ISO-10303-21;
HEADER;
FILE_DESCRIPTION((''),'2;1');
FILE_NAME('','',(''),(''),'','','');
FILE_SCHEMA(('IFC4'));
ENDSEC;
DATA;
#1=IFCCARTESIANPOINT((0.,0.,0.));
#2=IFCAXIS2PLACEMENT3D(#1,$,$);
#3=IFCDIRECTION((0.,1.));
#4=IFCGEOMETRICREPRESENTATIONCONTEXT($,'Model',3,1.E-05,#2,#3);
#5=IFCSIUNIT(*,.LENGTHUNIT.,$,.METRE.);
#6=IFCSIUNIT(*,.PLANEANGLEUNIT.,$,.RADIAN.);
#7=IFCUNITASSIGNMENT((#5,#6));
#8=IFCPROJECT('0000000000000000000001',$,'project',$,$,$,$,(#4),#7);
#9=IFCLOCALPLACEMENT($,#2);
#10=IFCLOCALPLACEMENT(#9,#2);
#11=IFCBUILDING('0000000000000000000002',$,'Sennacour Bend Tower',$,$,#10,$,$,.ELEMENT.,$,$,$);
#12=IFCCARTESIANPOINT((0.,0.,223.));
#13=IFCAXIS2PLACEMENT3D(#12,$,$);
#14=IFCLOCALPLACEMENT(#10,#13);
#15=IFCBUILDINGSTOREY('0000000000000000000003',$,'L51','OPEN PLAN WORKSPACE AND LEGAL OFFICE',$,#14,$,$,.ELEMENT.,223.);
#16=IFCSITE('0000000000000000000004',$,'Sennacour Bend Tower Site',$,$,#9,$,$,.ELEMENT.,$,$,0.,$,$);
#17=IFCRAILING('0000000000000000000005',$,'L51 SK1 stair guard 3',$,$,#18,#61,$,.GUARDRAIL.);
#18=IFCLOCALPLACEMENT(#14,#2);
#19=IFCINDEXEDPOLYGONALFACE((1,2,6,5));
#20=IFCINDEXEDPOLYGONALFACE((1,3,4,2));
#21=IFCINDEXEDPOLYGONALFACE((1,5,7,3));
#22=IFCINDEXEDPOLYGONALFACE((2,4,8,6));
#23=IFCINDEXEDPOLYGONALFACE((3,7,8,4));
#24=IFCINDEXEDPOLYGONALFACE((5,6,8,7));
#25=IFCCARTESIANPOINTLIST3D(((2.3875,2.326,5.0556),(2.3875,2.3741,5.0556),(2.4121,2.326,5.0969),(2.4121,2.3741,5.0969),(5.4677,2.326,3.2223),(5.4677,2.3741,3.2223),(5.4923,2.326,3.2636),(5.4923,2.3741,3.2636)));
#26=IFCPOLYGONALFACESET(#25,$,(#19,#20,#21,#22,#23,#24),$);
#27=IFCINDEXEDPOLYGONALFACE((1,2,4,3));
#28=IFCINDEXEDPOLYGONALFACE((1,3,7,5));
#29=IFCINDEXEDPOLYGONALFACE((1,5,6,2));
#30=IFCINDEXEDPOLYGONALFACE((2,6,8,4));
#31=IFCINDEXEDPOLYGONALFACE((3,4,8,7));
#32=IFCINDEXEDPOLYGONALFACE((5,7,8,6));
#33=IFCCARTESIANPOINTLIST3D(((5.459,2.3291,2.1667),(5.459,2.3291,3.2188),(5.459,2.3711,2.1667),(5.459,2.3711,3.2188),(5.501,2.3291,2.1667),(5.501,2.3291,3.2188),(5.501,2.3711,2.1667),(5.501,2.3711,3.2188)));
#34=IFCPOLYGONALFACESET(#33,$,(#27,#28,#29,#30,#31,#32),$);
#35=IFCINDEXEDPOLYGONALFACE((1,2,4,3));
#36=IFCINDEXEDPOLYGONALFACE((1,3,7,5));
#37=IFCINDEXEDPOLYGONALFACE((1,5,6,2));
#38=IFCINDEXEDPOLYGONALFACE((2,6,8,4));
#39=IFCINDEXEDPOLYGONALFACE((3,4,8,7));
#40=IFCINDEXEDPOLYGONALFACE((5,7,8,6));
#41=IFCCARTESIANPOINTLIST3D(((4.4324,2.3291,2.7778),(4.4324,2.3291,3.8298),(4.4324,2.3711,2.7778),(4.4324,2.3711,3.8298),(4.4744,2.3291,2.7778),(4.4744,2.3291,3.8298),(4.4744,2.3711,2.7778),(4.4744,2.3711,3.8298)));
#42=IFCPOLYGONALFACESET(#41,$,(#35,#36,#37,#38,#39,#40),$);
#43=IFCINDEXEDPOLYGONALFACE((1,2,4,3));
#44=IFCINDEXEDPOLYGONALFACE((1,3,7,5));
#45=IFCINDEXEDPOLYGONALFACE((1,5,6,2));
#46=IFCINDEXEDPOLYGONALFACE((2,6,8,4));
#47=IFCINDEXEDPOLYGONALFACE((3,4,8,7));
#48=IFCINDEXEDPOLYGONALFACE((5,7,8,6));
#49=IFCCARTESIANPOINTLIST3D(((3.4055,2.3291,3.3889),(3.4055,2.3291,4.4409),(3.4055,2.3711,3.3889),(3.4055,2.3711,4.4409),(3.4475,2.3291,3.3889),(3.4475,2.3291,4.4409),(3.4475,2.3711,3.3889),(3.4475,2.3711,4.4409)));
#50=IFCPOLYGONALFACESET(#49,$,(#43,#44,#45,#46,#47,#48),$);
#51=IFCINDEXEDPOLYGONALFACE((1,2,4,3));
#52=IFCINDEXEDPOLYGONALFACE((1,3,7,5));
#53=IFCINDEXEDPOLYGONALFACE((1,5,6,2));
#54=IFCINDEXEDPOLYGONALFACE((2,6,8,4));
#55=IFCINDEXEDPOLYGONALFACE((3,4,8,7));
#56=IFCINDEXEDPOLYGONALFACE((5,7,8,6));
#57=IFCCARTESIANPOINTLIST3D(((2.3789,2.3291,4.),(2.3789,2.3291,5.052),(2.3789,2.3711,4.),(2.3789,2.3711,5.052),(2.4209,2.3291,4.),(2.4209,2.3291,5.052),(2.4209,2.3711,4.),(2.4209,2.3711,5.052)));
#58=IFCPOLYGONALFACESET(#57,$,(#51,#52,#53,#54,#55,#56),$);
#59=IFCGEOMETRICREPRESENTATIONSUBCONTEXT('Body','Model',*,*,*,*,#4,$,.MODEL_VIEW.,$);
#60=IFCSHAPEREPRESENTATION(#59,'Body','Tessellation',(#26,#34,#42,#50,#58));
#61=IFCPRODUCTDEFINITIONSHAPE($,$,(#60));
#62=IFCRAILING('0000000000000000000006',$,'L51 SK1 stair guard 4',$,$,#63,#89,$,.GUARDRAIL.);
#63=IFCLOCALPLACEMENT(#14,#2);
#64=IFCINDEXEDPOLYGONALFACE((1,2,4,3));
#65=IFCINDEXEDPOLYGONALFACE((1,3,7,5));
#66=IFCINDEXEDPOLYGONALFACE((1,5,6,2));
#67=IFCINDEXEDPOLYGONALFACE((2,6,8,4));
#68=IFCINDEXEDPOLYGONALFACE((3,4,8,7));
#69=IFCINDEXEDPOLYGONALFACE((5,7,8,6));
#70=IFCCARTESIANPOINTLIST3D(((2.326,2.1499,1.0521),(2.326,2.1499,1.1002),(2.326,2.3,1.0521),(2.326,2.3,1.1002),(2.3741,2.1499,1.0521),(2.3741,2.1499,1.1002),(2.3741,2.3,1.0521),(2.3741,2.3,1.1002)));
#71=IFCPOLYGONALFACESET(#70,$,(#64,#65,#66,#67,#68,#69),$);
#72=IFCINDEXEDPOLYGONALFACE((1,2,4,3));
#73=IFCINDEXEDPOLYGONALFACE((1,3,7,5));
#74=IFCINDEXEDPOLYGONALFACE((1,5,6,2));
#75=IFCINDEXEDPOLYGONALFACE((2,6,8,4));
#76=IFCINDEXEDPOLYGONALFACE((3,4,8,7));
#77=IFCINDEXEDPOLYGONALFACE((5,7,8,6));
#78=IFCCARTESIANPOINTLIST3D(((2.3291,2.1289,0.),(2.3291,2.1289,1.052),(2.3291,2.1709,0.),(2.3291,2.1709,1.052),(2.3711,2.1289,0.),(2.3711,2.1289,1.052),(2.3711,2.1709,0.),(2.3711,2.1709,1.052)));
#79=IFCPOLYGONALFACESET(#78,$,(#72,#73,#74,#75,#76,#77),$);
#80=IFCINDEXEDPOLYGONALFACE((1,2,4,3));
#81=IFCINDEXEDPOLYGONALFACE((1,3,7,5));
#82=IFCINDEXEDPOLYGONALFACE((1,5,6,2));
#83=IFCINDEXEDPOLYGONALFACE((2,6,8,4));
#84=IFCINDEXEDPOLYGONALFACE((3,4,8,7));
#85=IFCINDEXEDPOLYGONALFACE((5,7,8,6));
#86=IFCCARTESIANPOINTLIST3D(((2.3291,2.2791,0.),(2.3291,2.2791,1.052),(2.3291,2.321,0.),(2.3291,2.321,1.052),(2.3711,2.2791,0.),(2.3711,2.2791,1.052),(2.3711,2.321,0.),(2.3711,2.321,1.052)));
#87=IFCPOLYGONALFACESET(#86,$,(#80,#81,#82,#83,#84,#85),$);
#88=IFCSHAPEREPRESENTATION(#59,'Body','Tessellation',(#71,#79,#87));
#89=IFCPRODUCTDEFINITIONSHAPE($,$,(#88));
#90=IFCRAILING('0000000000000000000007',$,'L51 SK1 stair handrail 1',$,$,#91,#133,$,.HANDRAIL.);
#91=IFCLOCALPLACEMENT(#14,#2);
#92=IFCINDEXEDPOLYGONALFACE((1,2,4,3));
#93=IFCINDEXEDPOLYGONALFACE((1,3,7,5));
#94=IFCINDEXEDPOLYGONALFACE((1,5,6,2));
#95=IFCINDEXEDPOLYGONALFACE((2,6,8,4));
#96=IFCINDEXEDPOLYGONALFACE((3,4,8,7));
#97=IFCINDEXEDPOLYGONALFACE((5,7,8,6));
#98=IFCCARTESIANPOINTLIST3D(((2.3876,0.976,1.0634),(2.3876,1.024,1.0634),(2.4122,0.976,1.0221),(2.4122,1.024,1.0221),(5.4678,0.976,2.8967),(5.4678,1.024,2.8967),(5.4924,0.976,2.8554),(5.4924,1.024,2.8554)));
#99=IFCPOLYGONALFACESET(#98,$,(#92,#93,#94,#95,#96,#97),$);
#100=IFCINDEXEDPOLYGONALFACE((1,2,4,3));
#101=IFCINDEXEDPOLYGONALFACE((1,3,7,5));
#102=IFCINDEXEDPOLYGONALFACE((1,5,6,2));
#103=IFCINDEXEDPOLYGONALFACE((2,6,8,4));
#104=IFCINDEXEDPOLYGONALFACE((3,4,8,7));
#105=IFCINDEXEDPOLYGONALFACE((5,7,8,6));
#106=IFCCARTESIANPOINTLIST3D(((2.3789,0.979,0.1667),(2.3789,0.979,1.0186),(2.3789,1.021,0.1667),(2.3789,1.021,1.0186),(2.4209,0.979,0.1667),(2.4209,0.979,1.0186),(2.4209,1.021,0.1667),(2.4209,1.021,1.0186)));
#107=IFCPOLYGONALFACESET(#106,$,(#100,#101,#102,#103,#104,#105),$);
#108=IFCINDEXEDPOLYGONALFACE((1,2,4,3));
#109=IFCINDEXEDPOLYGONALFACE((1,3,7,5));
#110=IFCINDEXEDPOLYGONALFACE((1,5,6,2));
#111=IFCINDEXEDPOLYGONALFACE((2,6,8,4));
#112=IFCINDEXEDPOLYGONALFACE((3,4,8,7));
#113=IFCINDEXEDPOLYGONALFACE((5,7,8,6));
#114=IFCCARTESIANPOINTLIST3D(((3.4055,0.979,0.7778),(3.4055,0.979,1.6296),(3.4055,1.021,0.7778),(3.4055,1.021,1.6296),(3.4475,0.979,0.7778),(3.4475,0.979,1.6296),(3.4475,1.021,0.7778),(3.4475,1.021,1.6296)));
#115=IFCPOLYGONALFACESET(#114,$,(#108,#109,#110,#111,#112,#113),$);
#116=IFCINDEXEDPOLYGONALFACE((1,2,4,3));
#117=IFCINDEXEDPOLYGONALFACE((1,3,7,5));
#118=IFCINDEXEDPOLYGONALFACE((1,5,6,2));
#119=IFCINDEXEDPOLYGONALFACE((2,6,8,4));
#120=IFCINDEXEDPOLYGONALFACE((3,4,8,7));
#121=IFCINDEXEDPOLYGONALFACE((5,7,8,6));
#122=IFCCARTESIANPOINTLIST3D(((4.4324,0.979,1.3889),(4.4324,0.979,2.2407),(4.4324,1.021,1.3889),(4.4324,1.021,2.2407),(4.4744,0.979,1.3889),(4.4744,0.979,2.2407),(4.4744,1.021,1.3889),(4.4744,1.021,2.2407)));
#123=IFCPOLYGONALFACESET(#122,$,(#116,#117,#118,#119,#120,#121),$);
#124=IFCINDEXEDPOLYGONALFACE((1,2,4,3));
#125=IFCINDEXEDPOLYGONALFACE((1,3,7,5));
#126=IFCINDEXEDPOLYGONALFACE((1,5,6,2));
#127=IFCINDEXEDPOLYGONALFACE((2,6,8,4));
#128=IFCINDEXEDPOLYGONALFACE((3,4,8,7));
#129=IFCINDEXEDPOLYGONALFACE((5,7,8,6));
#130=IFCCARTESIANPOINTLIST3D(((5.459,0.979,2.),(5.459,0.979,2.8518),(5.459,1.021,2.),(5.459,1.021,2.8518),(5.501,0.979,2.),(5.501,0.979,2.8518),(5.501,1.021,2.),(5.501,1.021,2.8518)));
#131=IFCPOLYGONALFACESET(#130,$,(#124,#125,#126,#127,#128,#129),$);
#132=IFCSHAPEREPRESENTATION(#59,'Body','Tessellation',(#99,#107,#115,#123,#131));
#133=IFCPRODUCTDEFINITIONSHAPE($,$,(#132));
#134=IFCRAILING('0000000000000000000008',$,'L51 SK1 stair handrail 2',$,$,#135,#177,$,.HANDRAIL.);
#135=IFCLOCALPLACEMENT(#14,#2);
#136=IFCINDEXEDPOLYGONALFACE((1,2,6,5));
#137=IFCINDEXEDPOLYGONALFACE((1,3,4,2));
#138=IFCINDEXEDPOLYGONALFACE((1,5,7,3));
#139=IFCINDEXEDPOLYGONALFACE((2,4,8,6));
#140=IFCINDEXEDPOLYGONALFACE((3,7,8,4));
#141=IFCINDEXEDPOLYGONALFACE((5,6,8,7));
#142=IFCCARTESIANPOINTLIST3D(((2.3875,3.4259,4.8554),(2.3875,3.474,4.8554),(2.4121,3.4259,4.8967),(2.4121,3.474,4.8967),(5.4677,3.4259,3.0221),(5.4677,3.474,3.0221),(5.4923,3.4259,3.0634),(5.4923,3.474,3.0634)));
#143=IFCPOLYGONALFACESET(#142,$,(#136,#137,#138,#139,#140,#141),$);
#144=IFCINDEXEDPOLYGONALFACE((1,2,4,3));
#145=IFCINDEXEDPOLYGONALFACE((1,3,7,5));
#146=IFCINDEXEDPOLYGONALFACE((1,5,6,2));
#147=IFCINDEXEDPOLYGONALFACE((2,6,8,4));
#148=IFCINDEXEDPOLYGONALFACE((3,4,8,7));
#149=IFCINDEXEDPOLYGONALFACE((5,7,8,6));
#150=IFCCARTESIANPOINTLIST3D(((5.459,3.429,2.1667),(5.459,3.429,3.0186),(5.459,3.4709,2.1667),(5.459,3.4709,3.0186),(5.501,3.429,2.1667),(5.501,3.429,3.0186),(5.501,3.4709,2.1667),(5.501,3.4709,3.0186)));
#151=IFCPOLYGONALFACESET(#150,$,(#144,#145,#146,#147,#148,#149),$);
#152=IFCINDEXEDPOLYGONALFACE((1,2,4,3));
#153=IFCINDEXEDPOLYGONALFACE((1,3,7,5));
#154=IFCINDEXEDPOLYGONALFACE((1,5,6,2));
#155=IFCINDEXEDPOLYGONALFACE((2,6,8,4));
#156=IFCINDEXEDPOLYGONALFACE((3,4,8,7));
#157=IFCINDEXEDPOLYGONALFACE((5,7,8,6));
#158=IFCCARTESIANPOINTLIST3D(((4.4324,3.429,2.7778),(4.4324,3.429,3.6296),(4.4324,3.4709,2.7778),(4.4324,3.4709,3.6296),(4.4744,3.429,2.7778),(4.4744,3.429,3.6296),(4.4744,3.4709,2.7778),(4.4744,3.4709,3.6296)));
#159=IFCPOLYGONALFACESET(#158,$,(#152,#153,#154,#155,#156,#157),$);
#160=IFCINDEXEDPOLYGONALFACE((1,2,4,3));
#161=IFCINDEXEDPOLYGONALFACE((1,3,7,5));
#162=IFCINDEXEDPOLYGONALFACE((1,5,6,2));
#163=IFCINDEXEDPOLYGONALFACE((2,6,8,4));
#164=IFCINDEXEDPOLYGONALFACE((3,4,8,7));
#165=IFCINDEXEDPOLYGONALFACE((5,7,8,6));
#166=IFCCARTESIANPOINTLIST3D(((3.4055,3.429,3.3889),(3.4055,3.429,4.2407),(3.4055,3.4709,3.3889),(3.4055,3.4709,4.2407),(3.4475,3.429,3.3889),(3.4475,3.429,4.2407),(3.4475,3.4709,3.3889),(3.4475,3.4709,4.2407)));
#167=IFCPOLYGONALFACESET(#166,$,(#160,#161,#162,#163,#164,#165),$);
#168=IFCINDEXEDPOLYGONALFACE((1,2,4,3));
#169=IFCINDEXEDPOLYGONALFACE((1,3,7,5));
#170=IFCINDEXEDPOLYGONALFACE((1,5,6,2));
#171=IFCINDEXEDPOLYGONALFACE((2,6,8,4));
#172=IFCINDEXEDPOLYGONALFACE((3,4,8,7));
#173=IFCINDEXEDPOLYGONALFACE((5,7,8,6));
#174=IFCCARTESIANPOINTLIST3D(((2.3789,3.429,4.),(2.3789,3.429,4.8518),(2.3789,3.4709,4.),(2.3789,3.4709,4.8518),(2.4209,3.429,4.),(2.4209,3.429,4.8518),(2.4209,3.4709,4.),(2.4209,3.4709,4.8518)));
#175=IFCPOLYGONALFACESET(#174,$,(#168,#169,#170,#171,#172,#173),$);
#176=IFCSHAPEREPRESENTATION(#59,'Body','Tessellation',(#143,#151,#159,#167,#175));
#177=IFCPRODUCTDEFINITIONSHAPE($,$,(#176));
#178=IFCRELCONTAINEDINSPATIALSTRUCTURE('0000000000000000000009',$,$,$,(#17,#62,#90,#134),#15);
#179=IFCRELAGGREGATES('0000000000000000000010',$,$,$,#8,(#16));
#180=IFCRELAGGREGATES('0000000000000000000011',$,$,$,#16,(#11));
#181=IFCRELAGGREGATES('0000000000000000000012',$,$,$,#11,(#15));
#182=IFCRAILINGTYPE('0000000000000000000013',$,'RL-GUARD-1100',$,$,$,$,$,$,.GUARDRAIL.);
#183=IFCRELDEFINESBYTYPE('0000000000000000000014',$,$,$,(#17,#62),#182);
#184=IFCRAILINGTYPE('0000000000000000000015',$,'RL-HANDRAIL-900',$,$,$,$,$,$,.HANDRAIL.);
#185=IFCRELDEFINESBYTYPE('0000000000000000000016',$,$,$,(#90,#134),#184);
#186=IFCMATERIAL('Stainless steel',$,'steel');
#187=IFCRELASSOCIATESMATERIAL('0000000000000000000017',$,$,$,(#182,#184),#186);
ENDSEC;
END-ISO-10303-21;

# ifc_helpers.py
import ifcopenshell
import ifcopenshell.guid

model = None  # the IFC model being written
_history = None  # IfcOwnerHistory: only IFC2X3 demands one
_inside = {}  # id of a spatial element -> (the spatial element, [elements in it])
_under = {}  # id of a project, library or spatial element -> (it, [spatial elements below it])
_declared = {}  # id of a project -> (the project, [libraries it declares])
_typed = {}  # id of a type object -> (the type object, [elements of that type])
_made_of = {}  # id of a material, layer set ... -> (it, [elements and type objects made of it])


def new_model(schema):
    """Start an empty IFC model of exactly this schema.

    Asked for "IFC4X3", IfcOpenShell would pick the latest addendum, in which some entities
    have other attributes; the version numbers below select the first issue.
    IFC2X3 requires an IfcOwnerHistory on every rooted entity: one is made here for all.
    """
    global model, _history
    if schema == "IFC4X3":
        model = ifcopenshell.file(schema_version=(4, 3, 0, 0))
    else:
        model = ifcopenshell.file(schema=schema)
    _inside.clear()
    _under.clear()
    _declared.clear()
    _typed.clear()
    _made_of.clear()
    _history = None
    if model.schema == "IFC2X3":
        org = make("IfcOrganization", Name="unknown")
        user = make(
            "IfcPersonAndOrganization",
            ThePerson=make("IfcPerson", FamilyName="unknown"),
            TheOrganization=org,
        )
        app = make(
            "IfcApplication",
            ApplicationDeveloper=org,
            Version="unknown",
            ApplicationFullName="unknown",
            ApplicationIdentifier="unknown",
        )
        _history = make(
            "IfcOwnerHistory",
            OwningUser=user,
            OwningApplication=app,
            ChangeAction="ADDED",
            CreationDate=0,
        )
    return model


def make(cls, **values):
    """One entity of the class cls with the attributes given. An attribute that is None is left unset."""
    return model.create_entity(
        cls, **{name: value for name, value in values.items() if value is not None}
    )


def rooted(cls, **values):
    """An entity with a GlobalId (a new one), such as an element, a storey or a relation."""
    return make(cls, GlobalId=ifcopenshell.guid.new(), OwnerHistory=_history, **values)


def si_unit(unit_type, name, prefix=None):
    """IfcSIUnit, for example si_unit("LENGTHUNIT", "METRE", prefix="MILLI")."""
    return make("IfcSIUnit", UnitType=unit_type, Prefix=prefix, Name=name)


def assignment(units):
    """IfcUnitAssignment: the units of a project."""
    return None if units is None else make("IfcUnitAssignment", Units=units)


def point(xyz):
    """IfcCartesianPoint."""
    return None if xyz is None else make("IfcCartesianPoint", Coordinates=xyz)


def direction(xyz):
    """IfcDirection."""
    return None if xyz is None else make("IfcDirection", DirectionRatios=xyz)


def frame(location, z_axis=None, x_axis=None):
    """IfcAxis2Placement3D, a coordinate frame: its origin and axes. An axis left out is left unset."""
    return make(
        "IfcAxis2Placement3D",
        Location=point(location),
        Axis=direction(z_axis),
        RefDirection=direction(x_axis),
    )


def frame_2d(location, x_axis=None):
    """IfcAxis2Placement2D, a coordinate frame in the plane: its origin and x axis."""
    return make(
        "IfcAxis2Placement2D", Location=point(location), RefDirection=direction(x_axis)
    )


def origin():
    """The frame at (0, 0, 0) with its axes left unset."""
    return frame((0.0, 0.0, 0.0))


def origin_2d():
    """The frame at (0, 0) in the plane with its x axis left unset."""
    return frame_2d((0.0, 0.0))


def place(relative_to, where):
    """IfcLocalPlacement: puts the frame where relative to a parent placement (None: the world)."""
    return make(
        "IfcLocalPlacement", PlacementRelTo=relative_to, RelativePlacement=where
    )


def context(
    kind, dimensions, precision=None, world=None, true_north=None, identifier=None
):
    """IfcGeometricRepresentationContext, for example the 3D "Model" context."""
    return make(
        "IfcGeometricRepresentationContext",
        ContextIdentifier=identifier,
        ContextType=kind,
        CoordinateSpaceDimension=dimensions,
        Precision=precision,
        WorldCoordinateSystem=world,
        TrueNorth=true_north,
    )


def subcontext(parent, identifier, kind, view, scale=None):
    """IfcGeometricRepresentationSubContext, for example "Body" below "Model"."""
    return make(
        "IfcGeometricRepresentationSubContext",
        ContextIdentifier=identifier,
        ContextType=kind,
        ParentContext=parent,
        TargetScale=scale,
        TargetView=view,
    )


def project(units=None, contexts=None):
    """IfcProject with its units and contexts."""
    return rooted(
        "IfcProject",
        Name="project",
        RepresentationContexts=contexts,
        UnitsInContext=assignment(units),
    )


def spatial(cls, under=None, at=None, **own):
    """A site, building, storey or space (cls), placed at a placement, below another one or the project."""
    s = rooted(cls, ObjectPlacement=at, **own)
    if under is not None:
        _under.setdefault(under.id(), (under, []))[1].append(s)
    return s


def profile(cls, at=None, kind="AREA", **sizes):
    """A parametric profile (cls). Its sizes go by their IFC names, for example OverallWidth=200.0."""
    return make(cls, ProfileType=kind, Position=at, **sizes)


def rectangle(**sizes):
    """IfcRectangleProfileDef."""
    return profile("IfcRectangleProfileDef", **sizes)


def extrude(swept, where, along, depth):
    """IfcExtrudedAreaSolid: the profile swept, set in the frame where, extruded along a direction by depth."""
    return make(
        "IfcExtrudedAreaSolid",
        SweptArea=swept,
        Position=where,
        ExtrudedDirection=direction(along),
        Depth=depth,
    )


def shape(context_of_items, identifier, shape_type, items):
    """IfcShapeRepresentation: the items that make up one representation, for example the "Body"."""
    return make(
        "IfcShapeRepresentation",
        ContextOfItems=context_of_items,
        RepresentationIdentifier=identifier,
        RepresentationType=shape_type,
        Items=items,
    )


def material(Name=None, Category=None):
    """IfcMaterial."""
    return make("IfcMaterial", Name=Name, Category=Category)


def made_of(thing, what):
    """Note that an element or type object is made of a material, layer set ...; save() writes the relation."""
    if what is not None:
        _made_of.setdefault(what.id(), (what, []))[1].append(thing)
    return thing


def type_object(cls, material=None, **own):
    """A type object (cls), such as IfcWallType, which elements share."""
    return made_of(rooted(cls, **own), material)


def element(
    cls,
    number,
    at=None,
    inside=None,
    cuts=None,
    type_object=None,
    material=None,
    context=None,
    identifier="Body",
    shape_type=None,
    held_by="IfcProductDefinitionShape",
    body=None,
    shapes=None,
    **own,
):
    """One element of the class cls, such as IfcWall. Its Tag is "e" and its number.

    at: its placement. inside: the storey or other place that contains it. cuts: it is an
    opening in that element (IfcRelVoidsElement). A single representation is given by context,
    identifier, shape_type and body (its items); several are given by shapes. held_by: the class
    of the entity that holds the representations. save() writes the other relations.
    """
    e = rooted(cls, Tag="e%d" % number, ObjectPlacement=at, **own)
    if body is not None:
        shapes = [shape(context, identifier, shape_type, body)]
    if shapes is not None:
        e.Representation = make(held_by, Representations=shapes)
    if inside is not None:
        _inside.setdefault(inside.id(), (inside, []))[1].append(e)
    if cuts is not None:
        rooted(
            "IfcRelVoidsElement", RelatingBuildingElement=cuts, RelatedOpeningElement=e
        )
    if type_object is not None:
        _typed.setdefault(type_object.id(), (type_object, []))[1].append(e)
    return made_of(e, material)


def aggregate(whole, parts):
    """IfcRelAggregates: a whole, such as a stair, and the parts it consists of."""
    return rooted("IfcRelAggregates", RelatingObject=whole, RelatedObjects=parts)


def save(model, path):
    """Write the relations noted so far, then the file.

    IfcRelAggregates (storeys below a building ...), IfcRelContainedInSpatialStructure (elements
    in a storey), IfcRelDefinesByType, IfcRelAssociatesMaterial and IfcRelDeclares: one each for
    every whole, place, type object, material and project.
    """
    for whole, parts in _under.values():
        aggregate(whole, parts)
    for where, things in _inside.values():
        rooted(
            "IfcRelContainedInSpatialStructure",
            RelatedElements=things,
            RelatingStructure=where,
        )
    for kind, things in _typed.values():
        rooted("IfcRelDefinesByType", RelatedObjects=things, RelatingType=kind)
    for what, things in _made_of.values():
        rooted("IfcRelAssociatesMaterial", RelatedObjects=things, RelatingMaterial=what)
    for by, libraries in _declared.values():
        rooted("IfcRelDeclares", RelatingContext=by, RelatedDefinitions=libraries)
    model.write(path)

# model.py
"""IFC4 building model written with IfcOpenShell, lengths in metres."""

from ifc_helpers import new_model, si_unit, direction, frame, origin, origin_2d, place, context, subcontext, project, spatial, rectangle, extrude, material, type_object, element, save


model = new_model("IFC4")

# Units and contexts
model_context = context("Model", 3, precision=1e-05, world=origin(), true_north=direction((0.0, 1.0)))
body_context = subcontext(model_context, "Body", "Model", "MODEL_VIEW")
ifc_project = project(units=[si_unit("LENGTHUNIT", "METRE"), si_unit("PLANEANGLEUNIT", "RADIAN")], contexts=[model_context])

# Site, building, storey
site_placement = place(None, origin())
site = spatial("IfcSite", under=ifc_project, at=site_placement, Name="Sennacour Bend Tower Site", CompositionType="ELEMENT", RefElevation=0.0)
building_placement = place(site_placement, origin())
building = spatial("IfcBuilding", under=site, at=building_placement, Name="Sennacour Bend Tower", CompositionType="ELEMENT")
storey_placement = place(building_placement, frame((0.0, 0.0, 223.0)))
storey = spatial("IfcBuildingStorey", under=building, at=storey_placement, Name="L51", Description="OPEN PLAN WORKSPACE AND LEGAL OFFICE", CompositionType="ELEMENT", Elevation=223.0)

# Railings
ifc_material_1 = material(Name="Stainless steel", Category="steel")
railing_type_1 = type_object("IfcRailingType", Name="RL-GUARD-1100", PredefinedType="GUARDRAIL", material=ifc_material_1)
railing_1_placement = place(storey_placement, frame((5.48, 2.3501, 2.1667)))
element("IfcRailing", 1, at=railing_1_placement, inside=storey, type_object=railing_type_1, Name="L51 SK1 stair guard 3", PredefinedType="GUARDRAIL", context=body_context, shape_type="SweptSolid", body=[
    extrude(rectangle(XDim=0.0481, YDim=0.0481, at=origin_2d()), frame((0.0, 0.0, 1.0762), z_axis=(-0.859309, 0.0, 0.511458), x_axis=(0.0, -1.0, 0.0)), (0.0, 0.0, 1.0), 3.5845),
    extrude(rectangle(XDim=0.042, YDim=0.042, at=origin_2d()), origin(), (0.0, 0.0, 1.0), 1.052),
    extrude(rectangle(XDim=0.042, YDim=0.042, at=origin_2d()), frame((-1.0266, 0.0, 0.6111)), (0.0, 0.0, 1.0), 1.052),
    extrude(rectangle(XDim=0.042, YDim=0.042, at=origin_2d()), frame((-2.0535, 0.0, 1.2222)), (0.0, 0.0, 1.0), 1.052),
    extrude(rectangle(XDim=0.042, YDim=0.042, at=origin_2d()), frame((-3.0801, 0.0, 1.8333)), (0.0, 0.0, 1.0), 1.052),
])
railing_2_placement = place(storey_placement, frame((2.3501, 2.1499, 0.0)))
element("IfcRailing", 2, at=railing_2_placement, inside=storey, type_object=railing_type_1, Name="L51 SK1 stair guard 4", PredefinedType="GUARDRAIL", context=body_context, shape_type="SweptSolid", body=[
    extrude(rectangle(XDim=0.0481, YDim=0.0481, at=origin_2d()), frame((0.0, 0.0, 1.0762), z_axis=(0.0, 1.0, 0.0), x_axis=(-1.0, 0.0, 0.0)), (0.0, 0.0, 1.0), 0.1501),
    extrude(rectangle(XDim=0.042, YDim=0.042, at=origin_2d()), origin(), (0.0, 0.0, 1.0), 1.052),
    extrude(rectangle(XDim=0.042, YDim=0.042, at=origin_2d()), frame((0.0, 0.1501, 0.0)), (0.0, 0.0, 1.0), 1.052),
])
railing_type_2 = type_object("IfcRailingType", Name="RL-HANDRAIL-900", PredefinedType="HANDRAIL", material=ifc_material_1)
railing_3_placement = place(storey_placement, frame((2.3999, 1.0, 0.1667)))
element("IfcRailing", 3, at=railing_3_placement, inside=storey, type_object=railing_type_2, Name="L51 SK1 stair handrail 1", PredefinedType="HANDRAIL", context=body_context, shape_type="SweptSolid", body=[
    extrude(rectangle(XDim=0.0481, YDim=0.0481, at=origin_2d()), frame((0.0, 0.0, 0.876), z_axis=(0.859309, 0.0, 0.511458), x_axis=(0.0, 1.0, 0.0)), (0.0, 0.0, 1.0), 3.5845),
    extrude(rectangle(XDim=0.042, YDim=0.042, at=origin_2d()), origin(), (0.0, 0.0, 1.0), 0.8518),
    extrude(rectangle(XDim=0.042, YDim=0.042, at=origin_2d()), frame((1.0266, 0.0, 0.6111)), (0.0, 0.0, 1.0), 0.8518),
    extrude(rectangle(XDim=0.042, YDim=0.042, at=origin_2d()), frame((2.0535, 0.0, 1.2222)), (0.0, 0.0, 1.0), 0.8518),
    extrude(rectangle(XDim=0.042, YDim=0.042, at=origin_2d()), frame((3.0801, 0.0, 1.8333)), (0.0, 0.0, 1.0), 0.8518),
])
railing_4_placement = place(storey_placement, frame((5.48, 3.45, 2.1667)))
element("IfcRailing", 4, at=railing_4_placement, inside=storey, type_object=railing_type_2, Name="L51 SK1 stair handrail 2", PredefinedType="HANDRAIL", context=body_context, shape_type="SweptSolid", body=[
    extrude(rectangle(XDim=0.0481, YDim=0.0481, at=origin_2d()), frame((0.0, 0.0, 0.876), z_axis=(-0.859309, 0.0, 0.511458), x_axis=(0.0, -1.0, 0.0)), (0.0, 0.0, 1.0), 3.5845),
    extrude(rectangle(XDim=0.042, YDim=0.042, at=origin_2d()), origin(), (0.0, 0.0, 1.0), 0.8518),
    extrude(rectangle(XDim=0.042, YDim=0.042, at=origin_2d()), frame((-1.0266, 0.0, 0.6111)), (0.0, 0.0, 1.0), 0.8518),
    extrude(rectangle(XDim=0.042, YDim=0.042, at=origin_2d()), frame((-2.0535, 0.0, 1.2222)), (0.0, 0.0, 1.0), 0.8518),
    extrude(rectangle(XDim=0.042, YDim=0.042, at=origin_2d()), frame((-3.0801, 0.0, 1.8333)), (0.0, 0.0, 1.0), 0.8518),
])

save(model, "model.ifc")
